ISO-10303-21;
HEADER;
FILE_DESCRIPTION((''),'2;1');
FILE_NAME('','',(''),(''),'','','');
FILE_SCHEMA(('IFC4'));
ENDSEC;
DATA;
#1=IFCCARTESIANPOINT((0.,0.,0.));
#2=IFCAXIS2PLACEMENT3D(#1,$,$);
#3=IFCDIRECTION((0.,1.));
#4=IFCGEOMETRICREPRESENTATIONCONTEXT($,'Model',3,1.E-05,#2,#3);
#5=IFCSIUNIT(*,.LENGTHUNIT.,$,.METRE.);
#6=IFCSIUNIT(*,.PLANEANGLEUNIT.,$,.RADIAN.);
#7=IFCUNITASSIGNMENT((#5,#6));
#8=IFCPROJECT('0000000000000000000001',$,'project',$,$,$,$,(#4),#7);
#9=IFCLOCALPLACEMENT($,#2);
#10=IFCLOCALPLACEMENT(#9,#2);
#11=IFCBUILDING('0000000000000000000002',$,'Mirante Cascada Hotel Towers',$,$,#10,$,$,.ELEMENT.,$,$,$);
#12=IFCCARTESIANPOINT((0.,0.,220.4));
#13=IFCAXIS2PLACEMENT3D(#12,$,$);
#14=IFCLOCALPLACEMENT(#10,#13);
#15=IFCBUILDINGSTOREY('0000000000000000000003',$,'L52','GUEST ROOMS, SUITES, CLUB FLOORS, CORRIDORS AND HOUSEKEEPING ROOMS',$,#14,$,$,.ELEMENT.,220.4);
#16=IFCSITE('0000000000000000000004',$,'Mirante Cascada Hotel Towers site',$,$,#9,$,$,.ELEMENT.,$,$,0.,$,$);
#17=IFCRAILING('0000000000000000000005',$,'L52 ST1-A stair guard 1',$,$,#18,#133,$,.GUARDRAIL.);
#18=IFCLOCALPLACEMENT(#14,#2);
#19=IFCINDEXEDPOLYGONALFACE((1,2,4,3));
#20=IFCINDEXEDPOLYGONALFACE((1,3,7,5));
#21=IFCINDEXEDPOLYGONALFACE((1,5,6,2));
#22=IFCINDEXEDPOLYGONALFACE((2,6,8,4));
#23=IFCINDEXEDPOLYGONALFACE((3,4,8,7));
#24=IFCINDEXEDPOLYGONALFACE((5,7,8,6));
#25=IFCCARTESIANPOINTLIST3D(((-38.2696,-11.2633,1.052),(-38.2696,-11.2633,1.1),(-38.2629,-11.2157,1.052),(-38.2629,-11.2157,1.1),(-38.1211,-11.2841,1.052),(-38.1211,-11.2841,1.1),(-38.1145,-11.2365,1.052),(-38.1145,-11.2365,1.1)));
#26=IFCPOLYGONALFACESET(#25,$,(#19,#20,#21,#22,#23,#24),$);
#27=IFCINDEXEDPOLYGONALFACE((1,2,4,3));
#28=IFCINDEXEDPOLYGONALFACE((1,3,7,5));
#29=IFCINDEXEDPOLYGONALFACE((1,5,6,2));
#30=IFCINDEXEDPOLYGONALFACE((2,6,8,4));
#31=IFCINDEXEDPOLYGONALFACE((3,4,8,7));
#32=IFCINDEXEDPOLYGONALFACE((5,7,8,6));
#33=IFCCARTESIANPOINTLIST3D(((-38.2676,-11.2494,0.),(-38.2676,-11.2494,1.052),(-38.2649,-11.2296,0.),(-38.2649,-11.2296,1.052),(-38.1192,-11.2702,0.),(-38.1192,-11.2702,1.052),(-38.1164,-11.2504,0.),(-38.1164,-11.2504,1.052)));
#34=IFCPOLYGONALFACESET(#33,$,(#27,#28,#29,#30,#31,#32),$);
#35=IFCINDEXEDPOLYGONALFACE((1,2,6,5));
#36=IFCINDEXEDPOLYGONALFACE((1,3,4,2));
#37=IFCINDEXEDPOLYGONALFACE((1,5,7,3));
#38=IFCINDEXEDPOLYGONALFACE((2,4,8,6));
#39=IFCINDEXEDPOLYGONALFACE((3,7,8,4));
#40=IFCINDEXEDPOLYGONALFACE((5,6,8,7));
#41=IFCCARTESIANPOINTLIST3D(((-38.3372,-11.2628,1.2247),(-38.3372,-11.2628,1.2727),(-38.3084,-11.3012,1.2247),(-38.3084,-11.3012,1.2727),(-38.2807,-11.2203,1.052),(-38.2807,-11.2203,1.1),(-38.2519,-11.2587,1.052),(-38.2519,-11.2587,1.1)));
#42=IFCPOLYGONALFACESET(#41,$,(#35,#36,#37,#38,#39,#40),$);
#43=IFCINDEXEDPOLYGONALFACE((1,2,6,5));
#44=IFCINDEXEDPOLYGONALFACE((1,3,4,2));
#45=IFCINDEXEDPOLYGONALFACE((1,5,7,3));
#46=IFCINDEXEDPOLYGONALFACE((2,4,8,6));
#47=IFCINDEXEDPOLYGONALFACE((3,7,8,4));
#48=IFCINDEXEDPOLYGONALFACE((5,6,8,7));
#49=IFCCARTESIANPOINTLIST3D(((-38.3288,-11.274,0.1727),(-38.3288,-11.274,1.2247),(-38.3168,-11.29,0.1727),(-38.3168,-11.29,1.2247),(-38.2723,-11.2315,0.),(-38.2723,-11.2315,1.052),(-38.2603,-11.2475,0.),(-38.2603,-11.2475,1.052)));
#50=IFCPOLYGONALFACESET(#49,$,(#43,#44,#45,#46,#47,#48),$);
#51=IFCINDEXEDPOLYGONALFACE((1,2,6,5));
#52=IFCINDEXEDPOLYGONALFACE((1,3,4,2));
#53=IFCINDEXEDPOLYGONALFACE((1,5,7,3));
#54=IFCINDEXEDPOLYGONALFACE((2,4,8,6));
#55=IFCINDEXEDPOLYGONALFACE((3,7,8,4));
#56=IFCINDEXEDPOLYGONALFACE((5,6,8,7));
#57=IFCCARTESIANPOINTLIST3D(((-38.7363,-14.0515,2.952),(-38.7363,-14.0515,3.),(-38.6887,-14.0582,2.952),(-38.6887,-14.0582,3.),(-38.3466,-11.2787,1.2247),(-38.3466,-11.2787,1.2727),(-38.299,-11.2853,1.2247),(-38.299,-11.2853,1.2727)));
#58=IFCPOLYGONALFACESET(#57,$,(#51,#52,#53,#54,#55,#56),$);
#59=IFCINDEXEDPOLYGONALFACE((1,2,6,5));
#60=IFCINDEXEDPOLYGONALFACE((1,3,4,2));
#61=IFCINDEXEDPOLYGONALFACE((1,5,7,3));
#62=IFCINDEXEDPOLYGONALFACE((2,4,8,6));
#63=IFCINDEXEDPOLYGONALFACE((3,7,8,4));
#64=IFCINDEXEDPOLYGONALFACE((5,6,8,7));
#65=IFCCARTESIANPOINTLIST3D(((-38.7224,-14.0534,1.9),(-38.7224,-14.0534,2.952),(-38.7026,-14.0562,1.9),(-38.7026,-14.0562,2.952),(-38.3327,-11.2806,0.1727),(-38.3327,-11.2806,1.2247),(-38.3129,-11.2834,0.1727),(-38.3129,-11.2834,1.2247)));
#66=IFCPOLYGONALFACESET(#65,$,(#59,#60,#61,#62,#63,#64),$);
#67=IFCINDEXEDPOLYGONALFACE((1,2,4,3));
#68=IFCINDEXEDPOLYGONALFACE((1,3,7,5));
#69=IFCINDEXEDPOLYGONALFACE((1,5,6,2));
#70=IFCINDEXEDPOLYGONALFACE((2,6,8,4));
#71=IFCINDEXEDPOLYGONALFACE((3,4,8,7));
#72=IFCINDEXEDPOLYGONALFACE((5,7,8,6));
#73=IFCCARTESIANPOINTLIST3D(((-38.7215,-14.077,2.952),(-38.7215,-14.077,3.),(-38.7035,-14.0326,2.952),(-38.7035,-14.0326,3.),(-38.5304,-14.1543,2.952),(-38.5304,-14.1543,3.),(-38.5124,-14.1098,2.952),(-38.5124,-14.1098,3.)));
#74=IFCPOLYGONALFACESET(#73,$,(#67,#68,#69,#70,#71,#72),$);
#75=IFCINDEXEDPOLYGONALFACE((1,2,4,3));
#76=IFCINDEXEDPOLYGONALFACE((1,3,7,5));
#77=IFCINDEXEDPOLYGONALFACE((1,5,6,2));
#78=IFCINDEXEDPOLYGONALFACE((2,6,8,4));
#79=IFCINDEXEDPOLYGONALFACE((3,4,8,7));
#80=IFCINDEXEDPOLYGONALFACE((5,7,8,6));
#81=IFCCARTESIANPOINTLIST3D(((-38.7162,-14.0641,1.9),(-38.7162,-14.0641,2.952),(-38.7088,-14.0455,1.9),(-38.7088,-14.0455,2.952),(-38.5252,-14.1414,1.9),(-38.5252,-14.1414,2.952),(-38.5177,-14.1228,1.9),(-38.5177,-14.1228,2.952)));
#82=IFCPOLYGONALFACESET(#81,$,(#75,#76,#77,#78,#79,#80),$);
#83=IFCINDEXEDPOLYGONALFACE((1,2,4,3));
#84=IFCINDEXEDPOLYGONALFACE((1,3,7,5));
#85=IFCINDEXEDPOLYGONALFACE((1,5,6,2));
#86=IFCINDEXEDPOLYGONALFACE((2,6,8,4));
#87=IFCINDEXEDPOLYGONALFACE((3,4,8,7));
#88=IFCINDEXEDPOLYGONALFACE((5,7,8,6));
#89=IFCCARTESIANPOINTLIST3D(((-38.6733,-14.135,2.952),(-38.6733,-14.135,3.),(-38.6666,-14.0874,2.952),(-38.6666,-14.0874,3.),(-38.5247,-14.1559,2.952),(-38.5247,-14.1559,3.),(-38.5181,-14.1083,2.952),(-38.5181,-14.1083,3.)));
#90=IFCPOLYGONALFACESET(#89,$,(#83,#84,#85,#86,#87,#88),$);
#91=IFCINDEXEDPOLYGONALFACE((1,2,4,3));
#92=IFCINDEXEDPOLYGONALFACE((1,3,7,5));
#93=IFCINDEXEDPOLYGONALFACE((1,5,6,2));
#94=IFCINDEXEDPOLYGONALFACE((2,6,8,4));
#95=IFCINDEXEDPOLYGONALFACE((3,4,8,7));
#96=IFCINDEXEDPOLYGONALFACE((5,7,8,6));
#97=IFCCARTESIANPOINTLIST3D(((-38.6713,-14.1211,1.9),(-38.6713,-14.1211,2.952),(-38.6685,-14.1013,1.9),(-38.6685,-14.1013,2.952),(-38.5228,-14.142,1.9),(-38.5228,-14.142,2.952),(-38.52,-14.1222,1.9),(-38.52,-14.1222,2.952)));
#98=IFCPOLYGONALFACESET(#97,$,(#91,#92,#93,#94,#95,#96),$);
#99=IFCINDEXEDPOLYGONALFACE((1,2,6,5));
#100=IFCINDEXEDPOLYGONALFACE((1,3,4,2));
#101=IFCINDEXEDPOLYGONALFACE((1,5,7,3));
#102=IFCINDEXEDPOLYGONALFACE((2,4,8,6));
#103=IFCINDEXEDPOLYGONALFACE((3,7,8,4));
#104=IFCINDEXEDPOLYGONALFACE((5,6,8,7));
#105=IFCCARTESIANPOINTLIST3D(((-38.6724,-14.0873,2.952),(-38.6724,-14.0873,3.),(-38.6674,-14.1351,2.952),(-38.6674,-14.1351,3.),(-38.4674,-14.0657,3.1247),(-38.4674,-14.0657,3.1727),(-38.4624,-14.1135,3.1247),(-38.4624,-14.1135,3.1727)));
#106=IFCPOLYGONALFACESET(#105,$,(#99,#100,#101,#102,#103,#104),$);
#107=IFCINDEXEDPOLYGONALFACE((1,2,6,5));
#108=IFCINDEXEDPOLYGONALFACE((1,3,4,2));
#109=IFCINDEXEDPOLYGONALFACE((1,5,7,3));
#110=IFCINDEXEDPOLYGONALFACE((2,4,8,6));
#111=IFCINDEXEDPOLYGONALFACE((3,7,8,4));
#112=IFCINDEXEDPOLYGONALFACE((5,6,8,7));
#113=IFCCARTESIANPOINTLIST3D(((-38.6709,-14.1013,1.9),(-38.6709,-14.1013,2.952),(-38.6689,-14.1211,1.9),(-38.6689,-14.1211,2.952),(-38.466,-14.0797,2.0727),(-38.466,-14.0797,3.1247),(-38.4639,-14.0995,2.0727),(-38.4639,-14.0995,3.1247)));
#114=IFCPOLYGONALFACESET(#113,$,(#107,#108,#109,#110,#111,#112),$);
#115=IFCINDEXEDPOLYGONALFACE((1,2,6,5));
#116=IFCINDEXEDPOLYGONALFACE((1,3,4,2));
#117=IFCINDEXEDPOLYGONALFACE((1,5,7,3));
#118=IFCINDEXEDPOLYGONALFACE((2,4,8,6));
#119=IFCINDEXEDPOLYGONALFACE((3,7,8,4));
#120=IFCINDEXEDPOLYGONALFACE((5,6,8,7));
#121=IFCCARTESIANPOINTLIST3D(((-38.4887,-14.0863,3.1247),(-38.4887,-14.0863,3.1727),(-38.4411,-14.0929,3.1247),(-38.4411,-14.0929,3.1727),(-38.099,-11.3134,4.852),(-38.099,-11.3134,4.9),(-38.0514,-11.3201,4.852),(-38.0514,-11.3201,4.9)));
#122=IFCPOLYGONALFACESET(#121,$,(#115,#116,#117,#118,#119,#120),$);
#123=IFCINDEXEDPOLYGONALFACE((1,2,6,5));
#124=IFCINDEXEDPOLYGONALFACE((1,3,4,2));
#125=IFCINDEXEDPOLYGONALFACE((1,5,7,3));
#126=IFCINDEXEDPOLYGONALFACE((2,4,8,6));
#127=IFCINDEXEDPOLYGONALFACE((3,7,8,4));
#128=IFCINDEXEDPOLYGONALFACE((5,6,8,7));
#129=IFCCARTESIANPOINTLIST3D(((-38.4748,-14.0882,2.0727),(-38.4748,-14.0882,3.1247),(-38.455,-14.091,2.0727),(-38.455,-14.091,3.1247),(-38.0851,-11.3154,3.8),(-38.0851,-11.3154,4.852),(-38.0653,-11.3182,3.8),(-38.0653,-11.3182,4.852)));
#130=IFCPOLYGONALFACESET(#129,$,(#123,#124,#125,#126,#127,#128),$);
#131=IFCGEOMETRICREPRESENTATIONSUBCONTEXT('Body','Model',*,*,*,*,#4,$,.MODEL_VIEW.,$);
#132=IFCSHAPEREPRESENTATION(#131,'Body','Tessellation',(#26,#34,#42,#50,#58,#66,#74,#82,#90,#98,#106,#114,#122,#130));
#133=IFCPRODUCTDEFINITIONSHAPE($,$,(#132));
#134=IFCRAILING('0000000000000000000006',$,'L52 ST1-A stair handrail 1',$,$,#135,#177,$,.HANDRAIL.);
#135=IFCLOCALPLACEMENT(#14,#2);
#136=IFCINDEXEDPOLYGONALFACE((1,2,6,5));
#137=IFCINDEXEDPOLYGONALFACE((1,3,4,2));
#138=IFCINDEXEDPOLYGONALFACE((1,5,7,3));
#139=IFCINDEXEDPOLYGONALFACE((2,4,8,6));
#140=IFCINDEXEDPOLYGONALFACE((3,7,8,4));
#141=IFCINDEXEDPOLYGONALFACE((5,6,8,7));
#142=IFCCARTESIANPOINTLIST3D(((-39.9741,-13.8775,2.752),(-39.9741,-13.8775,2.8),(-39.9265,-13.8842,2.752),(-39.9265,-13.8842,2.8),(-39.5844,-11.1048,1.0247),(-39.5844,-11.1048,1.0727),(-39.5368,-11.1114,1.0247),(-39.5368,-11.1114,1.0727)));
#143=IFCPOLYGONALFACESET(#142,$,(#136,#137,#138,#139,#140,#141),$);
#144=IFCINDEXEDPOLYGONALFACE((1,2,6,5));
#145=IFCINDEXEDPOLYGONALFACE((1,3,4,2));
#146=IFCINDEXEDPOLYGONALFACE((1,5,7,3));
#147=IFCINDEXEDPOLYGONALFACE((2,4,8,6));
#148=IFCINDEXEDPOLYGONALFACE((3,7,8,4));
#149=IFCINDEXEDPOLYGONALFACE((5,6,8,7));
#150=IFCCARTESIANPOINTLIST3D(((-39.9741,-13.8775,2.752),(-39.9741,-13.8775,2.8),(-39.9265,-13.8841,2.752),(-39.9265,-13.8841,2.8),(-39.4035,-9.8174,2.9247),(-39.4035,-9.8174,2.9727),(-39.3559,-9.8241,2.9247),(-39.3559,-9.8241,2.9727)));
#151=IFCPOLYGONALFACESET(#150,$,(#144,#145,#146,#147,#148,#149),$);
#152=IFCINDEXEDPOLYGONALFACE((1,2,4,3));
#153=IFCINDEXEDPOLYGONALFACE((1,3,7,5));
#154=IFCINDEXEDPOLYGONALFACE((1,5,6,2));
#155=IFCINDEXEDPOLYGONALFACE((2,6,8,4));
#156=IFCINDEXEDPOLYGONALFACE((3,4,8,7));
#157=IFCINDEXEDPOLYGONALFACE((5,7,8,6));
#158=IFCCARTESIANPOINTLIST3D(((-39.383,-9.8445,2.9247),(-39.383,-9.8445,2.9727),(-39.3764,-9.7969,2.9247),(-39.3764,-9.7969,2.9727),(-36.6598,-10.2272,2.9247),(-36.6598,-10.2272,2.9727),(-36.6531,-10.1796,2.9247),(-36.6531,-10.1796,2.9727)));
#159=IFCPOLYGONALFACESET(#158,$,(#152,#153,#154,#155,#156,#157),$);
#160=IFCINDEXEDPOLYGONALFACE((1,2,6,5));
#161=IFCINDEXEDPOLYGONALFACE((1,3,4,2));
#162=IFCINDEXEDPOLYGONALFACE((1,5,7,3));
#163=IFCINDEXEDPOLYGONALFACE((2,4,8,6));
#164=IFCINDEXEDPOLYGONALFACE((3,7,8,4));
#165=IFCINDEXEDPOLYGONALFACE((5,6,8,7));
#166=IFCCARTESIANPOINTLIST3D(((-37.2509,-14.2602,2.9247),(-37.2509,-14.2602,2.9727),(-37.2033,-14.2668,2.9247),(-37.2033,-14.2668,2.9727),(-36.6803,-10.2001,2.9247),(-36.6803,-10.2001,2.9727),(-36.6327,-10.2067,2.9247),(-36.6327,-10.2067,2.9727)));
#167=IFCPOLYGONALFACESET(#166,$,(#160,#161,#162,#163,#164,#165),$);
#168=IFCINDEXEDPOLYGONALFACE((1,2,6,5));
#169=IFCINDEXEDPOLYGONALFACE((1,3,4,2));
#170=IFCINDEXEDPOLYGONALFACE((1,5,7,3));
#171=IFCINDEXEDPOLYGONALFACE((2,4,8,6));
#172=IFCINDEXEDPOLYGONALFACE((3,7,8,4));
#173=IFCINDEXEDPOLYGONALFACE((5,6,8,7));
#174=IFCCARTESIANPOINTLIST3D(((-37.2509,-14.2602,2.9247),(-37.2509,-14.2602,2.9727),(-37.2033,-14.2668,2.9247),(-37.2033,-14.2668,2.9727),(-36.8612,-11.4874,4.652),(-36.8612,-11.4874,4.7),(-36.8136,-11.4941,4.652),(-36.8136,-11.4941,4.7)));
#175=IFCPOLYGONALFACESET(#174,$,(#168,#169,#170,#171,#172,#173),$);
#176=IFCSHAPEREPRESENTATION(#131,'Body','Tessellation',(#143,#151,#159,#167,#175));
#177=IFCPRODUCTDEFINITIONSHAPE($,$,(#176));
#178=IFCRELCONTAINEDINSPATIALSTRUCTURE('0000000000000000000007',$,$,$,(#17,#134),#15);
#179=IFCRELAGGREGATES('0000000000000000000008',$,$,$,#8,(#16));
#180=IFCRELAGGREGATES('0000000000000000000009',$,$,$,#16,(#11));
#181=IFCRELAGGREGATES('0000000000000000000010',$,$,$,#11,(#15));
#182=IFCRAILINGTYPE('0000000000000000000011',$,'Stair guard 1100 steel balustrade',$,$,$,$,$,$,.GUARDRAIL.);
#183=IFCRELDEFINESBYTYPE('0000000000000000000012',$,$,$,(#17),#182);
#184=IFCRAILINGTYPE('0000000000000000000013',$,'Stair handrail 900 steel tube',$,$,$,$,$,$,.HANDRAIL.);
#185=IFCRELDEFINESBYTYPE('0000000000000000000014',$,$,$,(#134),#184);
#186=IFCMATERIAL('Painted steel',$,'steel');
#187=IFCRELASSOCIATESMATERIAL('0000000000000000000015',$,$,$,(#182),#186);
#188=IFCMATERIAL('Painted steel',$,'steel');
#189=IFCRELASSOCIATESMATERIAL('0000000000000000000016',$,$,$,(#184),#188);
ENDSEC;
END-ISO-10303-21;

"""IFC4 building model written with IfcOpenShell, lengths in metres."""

from ifc_helpers import new_model, si_unit, direction, frame, origin, origin_2d, place, context, subcontext, project, spatial, rectangle, extrude, material, type_object, element, save


model = new_model("IFC4")

# Units and contexts
model_context = context("Model", 3, precision=1e-05, world=origin(), true_north=direction((0.0, 1.0)))
body_context = subcontext(model_context, "Body", "Model", "MODEL_VIEW")
ifc_project = project(units=[si_unit("LENGTHUNIT", "METRE"), si_unit("PLANEANGLEUNIT", "RADIAN")], contexts=[model_context])

# Site, building, storey
site_placement = place(None, origin())
site = spatial("IfcSite", under=ifc_project, at=site_placement, Name="Mirante Cascada Hotel Towers site", CompositionType="ELEMENT", RefElevation=0.0)
building_placement = place(site_placement, origin())
building = spatial("IfcBuilding", under=site, at=building_placement, Name="Mirante Cascada Hotel Towers", CompositionType="ELEMENT")
storey_placement = place(building_placement, frame((0.0, 0.0, 220.4)))
storey = spatial("IfcBuildingStorey", under=building, at=storey_placement, Name="L52", Description="GUEST ROOMS, SUITES, CLUB FLOORS, CORRIDORS AND HOUSEKEEPING ROOMS", CompositionType="ELEMENT", Elevation=220.4)

# Railings
ifc_material_1 = material(Name="Painted steel", Category="steel")
railing_type_1 = type_object("IfcRailingType", Name="Stair guard 1100 steel balustrade", PredefinedType="GUARDRAIL", material=ifc_material_1)
railing_1_placement = place(storey_placement, frame((-38.1178, -11.2603, 0.0)))
element("IfcRailing", 1, at=railing_1_placement, inside=storey, type_object=railing_type_1, Name="L52 ST1-A stair guard 1", PredefinedType="GUARDRAIL", context=body_context, shape_type="SweptSolid", body=[
    extrude(rectangle(XDim=0.048, YDim=0.048, at=origin_2d()), frame((0.0, 0.0, 1.076), z_axis=(-0.990333, 0.138713, 0.0), x_axis=(-0.138713, -0.990333, 0.0)), (0.0, 0.0, 1.0), 0.1499),
    extrude(rectangle(XDim=0.02, YDim=1.052, at=origin_2d()), frame((0.0, 0.0, 0.526), z_axis=(-0.990333, 0.138713, 0.0), x_axis=(-0.138713, -0.990333, 0.0)), (0.0, 0.0, 1.0), 0.1499),
    extrude(rectangle(XDim=0.048, YDim=0.048, at=origin_2d()), frame((-0.1485, 0.0208, 1.076), z_axis=(-0.79915, -0.601131, 0.0), x_axis=(0.601131, -0.79915, 0.0)), (0.0, 0.925453, 0.378863), 0.1866),
    extrude(rectangle(XDim=0.02, YDim=1.052, at=origin_2d()), frame((-0.1485, 0.0208, 0.526), z_axis=(-0.79915, -0.601131, 0.0), x_axis=(0.601131, -0.79915, 0.0)), (0.0, 0.925453, 0.378863), 0.1866),
    extrude(rectangle(XDim=0.048, YDim=0.048, at=origin_2d()), frame((-0.205, -0.0217, 1.2487), z_axis=(-0.139176, -0.990268, 0.0), x_axis=(0.990268, -0.139176, 0.0)), (0.0, 0.525021, 0.851089), 3.29),
    extrude(rectangle(XDim=0.02, YDim=1.052, at=origin_2d()), frame((-0.205, -0.0217, 0.6987), z_axis=(-0.139176, -0.990268, 0.0), x_axis=(0.990268, -0.139176, 0.0)), (0.0, 0.525021, 0.851089), 3.29),
    extrude(rectangle(XDim=0.048, YDim=0.048, at=origin_2d()), frame((-0.5947, -2.7945, 2.976), z_axis=(0.927031, -0.374984, 0.0), x_axis=(0.374984, 0.927031, 0.0)), (0.0, 0.0, 1.0), 0.2061),
    extrude(rectangle(XDim=0.02, YDim=1.052, at=origin_2d()), frame((-0.5947, -2.7945, 2.426), z_axis=(0.927031, -0.374984, 0.0), x_axis=(0.374984, 0.927031, 0.0)), (0.0, 0.0, 1.0), 0.2061),
    extrude(rectangle(XDim=0.048, YDim=0.048, at=origin_2d()), frame((-0.4036, -2.8718, 2.976), z_axis=(-0.990241, 0.139367, 0.0), x_axis=(-0.139367, -0.990241, 0.0)), (0.0, 0.0, 1.0), 0.15),
    extrude(rectangle(XDim=0.02, YDim=1.052, at=origin_2d()), frame((-0.4036, -2.8718, 2.426), z_axis=(-0.990241, 0.139367, 0.0), x_axis=(-0.139367, -0.990241, 0.0)), (0.0, 0.0, 1.0), 0.15),
    extrude(rectangle(XDim=0.048, YDim=0.048, at=origin_2d()), frame((-0.5521, -2.8509, 2.976), z_axis=(0.994495, 0.104786, 0.0), x_axis=(-0.104786, 0.994495, 0.0)), (0.0, 0.642203, 0.766534), 0.2689),
    extrude(rectangle(XDim=0.02, YDim=1.052, at=origin_2d()), frame((-0.5521, -2.8509, 2.426), z_axis=(0.994495, 0.104786, 0.0), x_axis=(-0.104786, 0.994495, 0.0)), (0.0, 0.642203, 0.766534), 0.2689),
    extrude(rectangle(XDim=0.048, YDim=0.048, at=origin_2d()), frame((-0.3471, -2.8293, 3.1487), z_axis=(0.139176, 0.990268, 0.0), x_axis=(-0.990268, 0.139176, 0.0)), (0.0, 0.525021, 0.851089), 3.29),
    extrude(rectangle(XDim=0.02, YDim=1.052, at=origin_2d()), frame((-0.3471, -2.8293, 2.5987), z_axis=(0.139176, 0.990268, 0.0), x_axis=(-0.990268, 0.139176, 0.0)), (0.0, 0.525021, 0.851089), 3.29),
])
ifc_material_2 = material(Name="Painted steel", Category="steel")
railing_type_2 = type_object("IfcRailingType", Name="Stair handrail 900 steel tube", PredefinedType="HANDRAIL", material=ifc_material_2)
railing_2_placement = place(storey_placement, frame((-39.5606, -11.1081, 0.1727)))
element("IfcRailing", 2, at=railing_2_placement, inside=storey, type_object=railing_type_2, Name="L52 ST1-A stair handrail 1", PredefinedType="HANDRAIL", context=body_context, shape_type="SweptSolid", body=[
    extrude(rectangle(XDim=0.048, YDim=0.048, at=origin_2d()), frame((0.0, 0.0, 0.876), z_axis=(-0.139181, -0.990267, 0.0), x_axis=(0.990267, -0.139181, 0.0)), (0.0, 0.525035, 0.851081), 3.2899),
    extrude(rectangle(XDim=0.048, YDim=0.048, at=origin_2d()), frame((-0.3897, -2.7727, 2.6033), z_axis=(0.139171, 0.990268, 0.0), x_axis=(-0.990268, 0.139171, 0.0)), (0.0, 0.042085, 0.999114), 4.1036),
    extrude(rectangle(XDim=0.048, YDim=0.048, at=origin_2d()), frame((0.1809, 1.2874, 2.776), z_axis=(0.990269, -0.139166, 0.0), x_axis=(0.139166, 0.990269, 0.0)), (0.0, 0.0, 1.0), 2.75),
    extrude(rectangle(XDim=0.048, YDim=0.048, at=origin_2d()), frame((2.9041, 0.9047, 2.776), z_axis=(-0.139171, -0.990268, 0.0), x_axis=(0.990268, -0.139171, 0.0)), (0.0, 0.0, 1.0), 4.1),
    extrude(rectangle(XDim=0.048, YDim=0.048, at=origin_2d()), frame((2.3335, -3.1554, 2.776), z_axis=(0.139181, 0.990267, 0.0), x_axis=(-0.990267, 0.139181, 0.0)), (0.0, 0.525035, 0.851081), 3.2899),
])

save(model, "model.ifc")
